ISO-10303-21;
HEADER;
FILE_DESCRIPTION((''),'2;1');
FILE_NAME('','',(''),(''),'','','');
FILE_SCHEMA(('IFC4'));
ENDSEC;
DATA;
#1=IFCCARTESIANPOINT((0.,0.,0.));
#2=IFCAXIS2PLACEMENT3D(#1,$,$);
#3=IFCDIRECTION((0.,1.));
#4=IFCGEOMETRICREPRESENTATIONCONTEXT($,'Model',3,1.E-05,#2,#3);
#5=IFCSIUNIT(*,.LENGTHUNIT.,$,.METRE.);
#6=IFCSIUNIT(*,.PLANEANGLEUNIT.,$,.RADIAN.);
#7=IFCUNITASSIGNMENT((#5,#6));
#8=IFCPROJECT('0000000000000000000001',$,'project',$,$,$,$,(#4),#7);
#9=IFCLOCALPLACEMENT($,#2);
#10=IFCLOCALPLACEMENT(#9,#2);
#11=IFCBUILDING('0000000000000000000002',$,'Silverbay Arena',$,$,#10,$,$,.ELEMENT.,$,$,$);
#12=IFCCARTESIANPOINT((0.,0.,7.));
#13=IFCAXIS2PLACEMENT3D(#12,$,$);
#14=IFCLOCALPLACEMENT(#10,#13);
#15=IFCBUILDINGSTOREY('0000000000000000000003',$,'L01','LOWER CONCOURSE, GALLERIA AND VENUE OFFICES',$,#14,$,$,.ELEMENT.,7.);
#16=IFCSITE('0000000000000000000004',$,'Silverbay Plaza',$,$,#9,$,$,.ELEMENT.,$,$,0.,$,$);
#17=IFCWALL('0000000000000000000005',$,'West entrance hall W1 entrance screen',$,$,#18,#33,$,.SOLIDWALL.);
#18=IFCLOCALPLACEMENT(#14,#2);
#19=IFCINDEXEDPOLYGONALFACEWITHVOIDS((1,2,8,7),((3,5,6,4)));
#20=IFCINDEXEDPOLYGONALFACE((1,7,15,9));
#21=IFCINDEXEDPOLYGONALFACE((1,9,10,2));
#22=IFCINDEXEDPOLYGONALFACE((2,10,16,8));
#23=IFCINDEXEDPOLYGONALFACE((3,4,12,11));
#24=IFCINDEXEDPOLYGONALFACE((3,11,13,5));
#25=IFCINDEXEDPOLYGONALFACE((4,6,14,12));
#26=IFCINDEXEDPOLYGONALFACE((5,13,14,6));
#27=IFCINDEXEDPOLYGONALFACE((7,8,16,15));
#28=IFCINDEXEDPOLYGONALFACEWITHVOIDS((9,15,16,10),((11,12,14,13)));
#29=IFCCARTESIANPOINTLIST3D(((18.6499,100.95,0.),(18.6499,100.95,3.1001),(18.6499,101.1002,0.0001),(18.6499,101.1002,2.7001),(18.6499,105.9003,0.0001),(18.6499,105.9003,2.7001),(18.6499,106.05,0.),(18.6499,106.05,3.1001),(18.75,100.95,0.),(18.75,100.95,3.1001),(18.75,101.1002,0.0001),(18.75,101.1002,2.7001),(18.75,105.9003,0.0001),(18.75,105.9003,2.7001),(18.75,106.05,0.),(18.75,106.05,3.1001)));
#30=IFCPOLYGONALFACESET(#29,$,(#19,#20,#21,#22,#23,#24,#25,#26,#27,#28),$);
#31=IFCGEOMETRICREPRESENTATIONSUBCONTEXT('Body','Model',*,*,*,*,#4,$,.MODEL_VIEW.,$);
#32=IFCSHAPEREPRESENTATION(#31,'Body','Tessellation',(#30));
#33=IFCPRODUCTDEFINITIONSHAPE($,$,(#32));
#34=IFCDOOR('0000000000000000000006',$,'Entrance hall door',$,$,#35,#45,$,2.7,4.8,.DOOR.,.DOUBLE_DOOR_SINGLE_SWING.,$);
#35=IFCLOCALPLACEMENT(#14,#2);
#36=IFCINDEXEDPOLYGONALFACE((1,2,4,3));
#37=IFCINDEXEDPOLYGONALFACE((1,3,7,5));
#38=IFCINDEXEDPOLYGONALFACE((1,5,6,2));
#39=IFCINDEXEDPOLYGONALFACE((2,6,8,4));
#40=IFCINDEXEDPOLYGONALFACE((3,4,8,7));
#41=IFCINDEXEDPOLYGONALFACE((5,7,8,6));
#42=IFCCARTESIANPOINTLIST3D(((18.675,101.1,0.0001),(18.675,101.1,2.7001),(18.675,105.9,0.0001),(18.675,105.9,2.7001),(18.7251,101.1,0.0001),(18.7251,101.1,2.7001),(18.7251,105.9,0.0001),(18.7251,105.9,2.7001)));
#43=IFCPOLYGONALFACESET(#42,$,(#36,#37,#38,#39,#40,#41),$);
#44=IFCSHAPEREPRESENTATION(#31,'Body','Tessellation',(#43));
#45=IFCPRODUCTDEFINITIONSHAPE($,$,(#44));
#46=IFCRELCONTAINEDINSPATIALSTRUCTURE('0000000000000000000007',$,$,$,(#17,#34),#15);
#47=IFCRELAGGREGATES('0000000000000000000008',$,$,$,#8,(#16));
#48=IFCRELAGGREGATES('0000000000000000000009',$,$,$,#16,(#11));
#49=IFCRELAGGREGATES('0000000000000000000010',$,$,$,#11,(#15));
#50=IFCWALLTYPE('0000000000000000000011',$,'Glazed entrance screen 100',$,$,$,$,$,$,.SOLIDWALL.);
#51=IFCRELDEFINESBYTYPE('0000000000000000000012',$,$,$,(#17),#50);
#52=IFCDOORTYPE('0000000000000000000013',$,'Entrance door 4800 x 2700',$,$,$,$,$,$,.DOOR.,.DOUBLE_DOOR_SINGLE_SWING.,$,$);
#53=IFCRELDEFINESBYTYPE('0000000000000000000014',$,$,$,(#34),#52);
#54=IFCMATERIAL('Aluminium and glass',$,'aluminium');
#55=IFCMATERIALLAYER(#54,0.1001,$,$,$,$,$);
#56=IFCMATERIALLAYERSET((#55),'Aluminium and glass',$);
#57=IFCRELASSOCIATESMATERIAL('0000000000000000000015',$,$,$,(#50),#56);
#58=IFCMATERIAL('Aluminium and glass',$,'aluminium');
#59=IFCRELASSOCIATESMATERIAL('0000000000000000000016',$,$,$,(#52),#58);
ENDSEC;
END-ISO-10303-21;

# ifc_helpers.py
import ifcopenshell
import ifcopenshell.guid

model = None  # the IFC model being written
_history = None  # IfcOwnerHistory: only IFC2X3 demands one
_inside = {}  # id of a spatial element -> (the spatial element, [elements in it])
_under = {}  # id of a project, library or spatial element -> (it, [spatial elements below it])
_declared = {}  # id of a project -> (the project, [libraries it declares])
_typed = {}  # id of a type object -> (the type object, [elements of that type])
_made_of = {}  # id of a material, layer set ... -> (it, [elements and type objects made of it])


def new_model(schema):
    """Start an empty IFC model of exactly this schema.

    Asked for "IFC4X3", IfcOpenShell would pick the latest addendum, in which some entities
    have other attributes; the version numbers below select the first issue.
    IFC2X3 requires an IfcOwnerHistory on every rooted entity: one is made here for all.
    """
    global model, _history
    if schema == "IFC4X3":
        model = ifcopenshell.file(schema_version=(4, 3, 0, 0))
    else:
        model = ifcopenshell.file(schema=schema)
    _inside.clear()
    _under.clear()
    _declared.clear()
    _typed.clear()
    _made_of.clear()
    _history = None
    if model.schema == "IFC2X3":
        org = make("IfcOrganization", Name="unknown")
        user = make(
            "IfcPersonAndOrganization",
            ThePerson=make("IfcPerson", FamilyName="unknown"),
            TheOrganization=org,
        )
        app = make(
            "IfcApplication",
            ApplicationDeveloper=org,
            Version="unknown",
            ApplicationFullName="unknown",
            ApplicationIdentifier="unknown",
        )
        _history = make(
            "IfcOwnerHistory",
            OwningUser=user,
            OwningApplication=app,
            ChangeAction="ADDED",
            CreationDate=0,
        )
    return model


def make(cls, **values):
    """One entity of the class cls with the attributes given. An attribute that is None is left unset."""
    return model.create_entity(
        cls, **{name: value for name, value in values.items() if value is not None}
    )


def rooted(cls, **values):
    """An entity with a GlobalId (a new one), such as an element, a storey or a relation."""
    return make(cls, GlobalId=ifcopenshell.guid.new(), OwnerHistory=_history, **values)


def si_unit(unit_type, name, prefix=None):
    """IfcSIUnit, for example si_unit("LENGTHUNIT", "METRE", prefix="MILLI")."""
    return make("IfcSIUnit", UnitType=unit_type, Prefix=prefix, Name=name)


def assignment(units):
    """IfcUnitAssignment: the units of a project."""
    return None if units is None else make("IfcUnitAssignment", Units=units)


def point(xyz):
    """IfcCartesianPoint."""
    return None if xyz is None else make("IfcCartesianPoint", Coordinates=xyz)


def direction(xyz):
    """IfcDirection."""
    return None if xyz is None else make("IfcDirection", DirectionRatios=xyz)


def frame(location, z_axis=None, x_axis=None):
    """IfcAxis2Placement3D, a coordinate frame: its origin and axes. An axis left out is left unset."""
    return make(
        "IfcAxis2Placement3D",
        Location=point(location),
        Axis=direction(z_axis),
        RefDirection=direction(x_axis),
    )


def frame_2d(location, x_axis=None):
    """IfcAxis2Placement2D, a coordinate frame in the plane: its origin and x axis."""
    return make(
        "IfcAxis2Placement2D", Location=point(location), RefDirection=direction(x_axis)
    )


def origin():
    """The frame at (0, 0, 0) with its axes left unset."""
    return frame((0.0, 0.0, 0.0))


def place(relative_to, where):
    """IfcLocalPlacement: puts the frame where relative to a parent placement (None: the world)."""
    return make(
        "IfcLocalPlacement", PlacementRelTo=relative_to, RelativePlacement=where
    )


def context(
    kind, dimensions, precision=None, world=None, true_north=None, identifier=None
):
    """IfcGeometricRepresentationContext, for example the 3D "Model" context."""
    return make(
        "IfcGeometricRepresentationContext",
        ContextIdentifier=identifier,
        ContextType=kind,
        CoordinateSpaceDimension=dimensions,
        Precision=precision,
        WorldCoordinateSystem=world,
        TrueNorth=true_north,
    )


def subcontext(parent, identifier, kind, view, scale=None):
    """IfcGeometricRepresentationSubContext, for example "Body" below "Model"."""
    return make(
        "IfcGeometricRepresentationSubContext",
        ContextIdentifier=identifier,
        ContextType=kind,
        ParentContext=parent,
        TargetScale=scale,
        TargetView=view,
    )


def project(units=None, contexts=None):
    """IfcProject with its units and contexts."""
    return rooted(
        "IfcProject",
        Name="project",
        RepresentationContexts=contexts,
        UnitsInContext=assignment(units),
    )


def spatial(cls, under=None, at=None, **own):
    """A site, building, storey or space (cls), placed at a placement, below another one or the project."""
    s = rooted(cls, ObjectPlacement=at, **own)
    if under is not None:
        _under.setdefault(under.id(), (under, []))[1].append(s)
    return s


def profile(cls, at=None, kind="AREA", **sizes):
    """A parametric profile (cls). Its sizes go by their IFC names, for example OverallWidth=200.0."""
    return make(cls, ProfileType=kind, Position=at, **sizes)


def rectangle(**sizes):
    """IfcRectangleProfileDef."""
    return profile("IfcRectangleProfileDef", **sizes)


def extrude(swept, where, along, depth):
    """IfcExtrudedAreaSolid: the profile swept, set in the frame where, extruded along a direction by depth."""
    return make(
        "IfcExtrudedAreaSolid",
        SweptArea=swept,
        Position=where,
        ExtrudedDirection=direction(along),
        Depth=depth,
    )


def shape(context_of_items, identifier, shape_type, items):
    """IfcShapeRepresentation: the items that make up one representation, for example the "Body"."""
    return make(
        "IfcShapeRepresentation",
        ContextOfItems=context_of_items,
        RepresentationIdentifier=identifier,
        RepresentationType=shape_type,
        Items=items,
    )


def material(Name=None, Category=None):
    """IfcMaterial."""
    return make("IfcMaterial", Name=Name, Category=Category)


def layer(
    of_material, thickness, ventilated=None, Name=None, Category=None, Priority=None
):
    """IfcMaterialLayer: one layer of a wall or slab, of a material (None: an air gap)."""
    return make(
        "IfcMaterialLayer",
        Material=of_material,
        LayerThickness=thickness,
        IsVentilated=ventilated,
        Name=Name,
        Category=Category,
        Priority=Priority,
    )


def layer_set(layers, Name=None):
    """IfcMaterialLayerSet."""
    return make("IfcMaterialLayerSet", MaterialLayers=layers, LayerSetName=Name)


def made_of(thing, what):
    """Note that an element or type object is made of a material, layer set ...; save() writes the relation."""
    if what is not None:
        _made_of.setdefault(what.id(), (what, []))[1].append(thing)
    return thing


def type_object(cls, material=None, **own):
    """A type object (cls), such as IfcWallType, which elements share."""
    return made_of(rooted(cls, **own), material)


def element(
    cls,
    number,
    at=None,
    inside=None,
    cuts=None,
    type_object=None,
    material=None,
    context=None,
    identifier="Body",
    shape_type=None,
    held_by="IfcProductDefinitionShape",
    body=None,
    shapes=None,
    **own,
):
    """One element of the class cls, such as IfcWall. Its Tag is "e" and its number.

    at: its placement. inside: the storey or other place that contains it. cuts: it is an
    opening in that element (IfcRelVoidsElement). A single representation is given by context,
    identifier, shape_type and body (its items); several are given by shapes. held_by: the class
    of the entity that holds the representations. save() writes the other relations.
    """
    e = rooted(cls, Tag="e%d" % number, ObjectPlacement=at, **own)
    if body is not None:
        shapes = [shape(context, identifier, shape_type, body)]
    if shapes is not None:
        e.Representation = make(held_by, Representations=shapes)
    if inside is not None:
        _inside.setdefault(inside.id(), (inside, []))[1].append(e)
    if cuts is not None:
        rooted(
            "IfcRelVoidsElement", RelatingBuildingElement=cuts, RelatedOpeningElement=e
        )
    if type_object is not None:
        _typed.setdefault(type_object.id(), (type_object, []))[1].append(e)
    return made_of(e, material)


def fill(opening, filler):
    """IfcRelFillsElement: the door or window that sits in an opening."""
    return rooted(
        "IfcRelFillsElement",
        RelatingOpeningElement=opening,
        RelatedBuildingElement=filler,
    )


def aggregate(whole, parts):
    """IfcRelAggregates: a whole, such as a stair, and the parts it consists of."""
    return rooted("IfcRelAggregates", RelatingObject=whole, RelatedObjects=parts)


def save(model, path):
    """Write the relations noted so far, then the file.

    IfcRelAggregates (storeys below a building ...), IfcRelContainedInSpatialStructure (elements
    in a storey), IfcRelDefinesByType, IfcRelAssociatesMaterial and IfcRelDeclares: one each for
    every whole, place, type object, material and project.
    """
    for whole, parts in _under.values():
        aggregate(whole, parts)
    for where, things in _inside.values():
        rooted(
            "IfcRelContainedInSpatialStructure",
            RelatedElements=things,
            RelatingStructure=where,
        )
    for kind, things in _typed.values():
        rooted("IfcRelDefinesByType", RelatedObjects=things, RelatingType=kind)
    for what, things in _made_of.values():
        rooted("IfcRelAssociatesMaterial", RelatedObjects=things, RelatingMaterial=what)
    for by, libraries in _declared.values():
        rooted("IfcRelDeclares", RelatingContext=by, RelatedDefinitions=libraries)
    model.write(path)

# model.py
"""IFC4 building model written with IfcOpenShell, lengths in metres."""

from ifc_helpers import new_model, si_unit, direction, frame, frame_2d, origin, place, context, subcontext, project, spatial, rectangle, extrude, material, layer, layer_set, type_object, element, fill, save


model = new_model("IFC4")

# Units and contexts
model_context = context("Model", 3, precision=1e-05, world=origin(), true_north=direction((0.0, 1.0)))
body_context = subcontext(model_context, "Body", "Model", "MODEL_VIEW")
ifc_project = project(units=[si_unit("LENGTHUNIT", "METRE"), si_unit("PLANEANGLEUNIT", "RADIAN")], contexts=[model_context])

# Site, building, storey
site_placement = place(None, origin())
site = spatial("IfcSite", under=ifc_project, at=site_placement, Name="Silverbay Plaza", CompositionType="ELEMENT", RefElevation=0.0)
building_placement = place(site_placement, origin())
building = spatial("IfcBuilding", under=site, at=building_placement, Name="Silverbay Arena", CompositionType="ELEMENT")
storey_placement = place(building_placement, frame((0.0, 0.0, 7.0)))
storey = spatial("IfcBuildingStorey", under=building, at=storey_placement, Name="L01", Description="LOWER CONCOURSE, GALLERIA AND VENUE OFFICES", CompositionType="ELEMENT", Elevation=7.0)

# Wall, opening, door
ifc_material_1 = material(Name="Aluminium and glass", Category="aluminium")
ifc_layer_1 = layer(ifc_material_1, 0.1001)
ifc_layer_set_1 = layer_set([ifc_layer_1], Name="Aluminium and glass")
wall_type = type_object("IfcWallType", Name="Glazed entrance screen 100", PredefinedType="SOLIDWALL", material=ifc_layer_set_1)
wall_placement = place(storey_placement, frame((18.7, 106.05, 0.0), z_axis=(0.0, 0.0, 1.0), x_axis=(0.0, -1.0, 0.0)))
wall = element("IfcWall", 1, at=wall_placement, inside=storey, type_object=wall_type, Name="West entrance hall W1 entrance screen", PredefinedType="SOLIDWALL", context=body_context, shape_type="SweptSolid", body=[
    extrude(rectangle(XDim=5.1001, YDim=0.1001, at=frame_2d((2.55, 0.0))), origin(), (0.0, 0.0, 1.0), 3.1001),
])
opening_placement = place(wall_placement, frame((0.1499, 0.0, 0.0)))
opening = element("IfcOpeningElement", 2, at=opening_placement, cuts=wall, PredefinedType="OPENING", context=body_context, shape_type="SweptSolid", body=[
    extrude(rectangle(XDim=4.8, YDim=2.7, at=frame_2d((2.3999, 1.3501))), frame((0.0, 0.0601, 0.0), z_axis=(0.0, -1.0, 0.0), x_axis=(1.0, 0.0, 0.0)), (0.0, 0.0, 1.0), 0.1201),
])
ifc_material_2 = material(Name="Aluminium and glass", Category="aluminium")
door_type = type_object("IfcDoorType", Name="Entrance door 4800 x 2700", OperationType="DOUBLE_DOOR_SINGLE_SWING", PredefinedType="DOOR", material=ifc_material_2)
door_placement = place(opening_placement, frame((4.8, 0.0, 0.0), z_axis=(0.0, 0.0, 1.0), x_axis=(-1.0, 0.0, 0.0)))
door = element("IfcDoor", 3, at=door_placement, inside=storey, type_object=door_type, Name="Entrance hall door", OperationType="DOUBLE_DOOR_SINGLE_SWING", OverallHeight=2.7, OverallWidth=4.8, PredefinedType="DOOR", context=body_context, shape_type="SweptSolid", body=[
    extrude(rectangle(XDim=4.8, YDim=2.7, at=frame_2d((2.3999, 1.3501))), frame((0.0, 0.0249, 0.0), z_axis=(0.0, -1.0, 0.0), x_axis=(1.0, 0.0, 0.0)), (0.0, 0.0, 1.0), 0.05),
])
fill(opening, door)

save(model, "model.ifc")
